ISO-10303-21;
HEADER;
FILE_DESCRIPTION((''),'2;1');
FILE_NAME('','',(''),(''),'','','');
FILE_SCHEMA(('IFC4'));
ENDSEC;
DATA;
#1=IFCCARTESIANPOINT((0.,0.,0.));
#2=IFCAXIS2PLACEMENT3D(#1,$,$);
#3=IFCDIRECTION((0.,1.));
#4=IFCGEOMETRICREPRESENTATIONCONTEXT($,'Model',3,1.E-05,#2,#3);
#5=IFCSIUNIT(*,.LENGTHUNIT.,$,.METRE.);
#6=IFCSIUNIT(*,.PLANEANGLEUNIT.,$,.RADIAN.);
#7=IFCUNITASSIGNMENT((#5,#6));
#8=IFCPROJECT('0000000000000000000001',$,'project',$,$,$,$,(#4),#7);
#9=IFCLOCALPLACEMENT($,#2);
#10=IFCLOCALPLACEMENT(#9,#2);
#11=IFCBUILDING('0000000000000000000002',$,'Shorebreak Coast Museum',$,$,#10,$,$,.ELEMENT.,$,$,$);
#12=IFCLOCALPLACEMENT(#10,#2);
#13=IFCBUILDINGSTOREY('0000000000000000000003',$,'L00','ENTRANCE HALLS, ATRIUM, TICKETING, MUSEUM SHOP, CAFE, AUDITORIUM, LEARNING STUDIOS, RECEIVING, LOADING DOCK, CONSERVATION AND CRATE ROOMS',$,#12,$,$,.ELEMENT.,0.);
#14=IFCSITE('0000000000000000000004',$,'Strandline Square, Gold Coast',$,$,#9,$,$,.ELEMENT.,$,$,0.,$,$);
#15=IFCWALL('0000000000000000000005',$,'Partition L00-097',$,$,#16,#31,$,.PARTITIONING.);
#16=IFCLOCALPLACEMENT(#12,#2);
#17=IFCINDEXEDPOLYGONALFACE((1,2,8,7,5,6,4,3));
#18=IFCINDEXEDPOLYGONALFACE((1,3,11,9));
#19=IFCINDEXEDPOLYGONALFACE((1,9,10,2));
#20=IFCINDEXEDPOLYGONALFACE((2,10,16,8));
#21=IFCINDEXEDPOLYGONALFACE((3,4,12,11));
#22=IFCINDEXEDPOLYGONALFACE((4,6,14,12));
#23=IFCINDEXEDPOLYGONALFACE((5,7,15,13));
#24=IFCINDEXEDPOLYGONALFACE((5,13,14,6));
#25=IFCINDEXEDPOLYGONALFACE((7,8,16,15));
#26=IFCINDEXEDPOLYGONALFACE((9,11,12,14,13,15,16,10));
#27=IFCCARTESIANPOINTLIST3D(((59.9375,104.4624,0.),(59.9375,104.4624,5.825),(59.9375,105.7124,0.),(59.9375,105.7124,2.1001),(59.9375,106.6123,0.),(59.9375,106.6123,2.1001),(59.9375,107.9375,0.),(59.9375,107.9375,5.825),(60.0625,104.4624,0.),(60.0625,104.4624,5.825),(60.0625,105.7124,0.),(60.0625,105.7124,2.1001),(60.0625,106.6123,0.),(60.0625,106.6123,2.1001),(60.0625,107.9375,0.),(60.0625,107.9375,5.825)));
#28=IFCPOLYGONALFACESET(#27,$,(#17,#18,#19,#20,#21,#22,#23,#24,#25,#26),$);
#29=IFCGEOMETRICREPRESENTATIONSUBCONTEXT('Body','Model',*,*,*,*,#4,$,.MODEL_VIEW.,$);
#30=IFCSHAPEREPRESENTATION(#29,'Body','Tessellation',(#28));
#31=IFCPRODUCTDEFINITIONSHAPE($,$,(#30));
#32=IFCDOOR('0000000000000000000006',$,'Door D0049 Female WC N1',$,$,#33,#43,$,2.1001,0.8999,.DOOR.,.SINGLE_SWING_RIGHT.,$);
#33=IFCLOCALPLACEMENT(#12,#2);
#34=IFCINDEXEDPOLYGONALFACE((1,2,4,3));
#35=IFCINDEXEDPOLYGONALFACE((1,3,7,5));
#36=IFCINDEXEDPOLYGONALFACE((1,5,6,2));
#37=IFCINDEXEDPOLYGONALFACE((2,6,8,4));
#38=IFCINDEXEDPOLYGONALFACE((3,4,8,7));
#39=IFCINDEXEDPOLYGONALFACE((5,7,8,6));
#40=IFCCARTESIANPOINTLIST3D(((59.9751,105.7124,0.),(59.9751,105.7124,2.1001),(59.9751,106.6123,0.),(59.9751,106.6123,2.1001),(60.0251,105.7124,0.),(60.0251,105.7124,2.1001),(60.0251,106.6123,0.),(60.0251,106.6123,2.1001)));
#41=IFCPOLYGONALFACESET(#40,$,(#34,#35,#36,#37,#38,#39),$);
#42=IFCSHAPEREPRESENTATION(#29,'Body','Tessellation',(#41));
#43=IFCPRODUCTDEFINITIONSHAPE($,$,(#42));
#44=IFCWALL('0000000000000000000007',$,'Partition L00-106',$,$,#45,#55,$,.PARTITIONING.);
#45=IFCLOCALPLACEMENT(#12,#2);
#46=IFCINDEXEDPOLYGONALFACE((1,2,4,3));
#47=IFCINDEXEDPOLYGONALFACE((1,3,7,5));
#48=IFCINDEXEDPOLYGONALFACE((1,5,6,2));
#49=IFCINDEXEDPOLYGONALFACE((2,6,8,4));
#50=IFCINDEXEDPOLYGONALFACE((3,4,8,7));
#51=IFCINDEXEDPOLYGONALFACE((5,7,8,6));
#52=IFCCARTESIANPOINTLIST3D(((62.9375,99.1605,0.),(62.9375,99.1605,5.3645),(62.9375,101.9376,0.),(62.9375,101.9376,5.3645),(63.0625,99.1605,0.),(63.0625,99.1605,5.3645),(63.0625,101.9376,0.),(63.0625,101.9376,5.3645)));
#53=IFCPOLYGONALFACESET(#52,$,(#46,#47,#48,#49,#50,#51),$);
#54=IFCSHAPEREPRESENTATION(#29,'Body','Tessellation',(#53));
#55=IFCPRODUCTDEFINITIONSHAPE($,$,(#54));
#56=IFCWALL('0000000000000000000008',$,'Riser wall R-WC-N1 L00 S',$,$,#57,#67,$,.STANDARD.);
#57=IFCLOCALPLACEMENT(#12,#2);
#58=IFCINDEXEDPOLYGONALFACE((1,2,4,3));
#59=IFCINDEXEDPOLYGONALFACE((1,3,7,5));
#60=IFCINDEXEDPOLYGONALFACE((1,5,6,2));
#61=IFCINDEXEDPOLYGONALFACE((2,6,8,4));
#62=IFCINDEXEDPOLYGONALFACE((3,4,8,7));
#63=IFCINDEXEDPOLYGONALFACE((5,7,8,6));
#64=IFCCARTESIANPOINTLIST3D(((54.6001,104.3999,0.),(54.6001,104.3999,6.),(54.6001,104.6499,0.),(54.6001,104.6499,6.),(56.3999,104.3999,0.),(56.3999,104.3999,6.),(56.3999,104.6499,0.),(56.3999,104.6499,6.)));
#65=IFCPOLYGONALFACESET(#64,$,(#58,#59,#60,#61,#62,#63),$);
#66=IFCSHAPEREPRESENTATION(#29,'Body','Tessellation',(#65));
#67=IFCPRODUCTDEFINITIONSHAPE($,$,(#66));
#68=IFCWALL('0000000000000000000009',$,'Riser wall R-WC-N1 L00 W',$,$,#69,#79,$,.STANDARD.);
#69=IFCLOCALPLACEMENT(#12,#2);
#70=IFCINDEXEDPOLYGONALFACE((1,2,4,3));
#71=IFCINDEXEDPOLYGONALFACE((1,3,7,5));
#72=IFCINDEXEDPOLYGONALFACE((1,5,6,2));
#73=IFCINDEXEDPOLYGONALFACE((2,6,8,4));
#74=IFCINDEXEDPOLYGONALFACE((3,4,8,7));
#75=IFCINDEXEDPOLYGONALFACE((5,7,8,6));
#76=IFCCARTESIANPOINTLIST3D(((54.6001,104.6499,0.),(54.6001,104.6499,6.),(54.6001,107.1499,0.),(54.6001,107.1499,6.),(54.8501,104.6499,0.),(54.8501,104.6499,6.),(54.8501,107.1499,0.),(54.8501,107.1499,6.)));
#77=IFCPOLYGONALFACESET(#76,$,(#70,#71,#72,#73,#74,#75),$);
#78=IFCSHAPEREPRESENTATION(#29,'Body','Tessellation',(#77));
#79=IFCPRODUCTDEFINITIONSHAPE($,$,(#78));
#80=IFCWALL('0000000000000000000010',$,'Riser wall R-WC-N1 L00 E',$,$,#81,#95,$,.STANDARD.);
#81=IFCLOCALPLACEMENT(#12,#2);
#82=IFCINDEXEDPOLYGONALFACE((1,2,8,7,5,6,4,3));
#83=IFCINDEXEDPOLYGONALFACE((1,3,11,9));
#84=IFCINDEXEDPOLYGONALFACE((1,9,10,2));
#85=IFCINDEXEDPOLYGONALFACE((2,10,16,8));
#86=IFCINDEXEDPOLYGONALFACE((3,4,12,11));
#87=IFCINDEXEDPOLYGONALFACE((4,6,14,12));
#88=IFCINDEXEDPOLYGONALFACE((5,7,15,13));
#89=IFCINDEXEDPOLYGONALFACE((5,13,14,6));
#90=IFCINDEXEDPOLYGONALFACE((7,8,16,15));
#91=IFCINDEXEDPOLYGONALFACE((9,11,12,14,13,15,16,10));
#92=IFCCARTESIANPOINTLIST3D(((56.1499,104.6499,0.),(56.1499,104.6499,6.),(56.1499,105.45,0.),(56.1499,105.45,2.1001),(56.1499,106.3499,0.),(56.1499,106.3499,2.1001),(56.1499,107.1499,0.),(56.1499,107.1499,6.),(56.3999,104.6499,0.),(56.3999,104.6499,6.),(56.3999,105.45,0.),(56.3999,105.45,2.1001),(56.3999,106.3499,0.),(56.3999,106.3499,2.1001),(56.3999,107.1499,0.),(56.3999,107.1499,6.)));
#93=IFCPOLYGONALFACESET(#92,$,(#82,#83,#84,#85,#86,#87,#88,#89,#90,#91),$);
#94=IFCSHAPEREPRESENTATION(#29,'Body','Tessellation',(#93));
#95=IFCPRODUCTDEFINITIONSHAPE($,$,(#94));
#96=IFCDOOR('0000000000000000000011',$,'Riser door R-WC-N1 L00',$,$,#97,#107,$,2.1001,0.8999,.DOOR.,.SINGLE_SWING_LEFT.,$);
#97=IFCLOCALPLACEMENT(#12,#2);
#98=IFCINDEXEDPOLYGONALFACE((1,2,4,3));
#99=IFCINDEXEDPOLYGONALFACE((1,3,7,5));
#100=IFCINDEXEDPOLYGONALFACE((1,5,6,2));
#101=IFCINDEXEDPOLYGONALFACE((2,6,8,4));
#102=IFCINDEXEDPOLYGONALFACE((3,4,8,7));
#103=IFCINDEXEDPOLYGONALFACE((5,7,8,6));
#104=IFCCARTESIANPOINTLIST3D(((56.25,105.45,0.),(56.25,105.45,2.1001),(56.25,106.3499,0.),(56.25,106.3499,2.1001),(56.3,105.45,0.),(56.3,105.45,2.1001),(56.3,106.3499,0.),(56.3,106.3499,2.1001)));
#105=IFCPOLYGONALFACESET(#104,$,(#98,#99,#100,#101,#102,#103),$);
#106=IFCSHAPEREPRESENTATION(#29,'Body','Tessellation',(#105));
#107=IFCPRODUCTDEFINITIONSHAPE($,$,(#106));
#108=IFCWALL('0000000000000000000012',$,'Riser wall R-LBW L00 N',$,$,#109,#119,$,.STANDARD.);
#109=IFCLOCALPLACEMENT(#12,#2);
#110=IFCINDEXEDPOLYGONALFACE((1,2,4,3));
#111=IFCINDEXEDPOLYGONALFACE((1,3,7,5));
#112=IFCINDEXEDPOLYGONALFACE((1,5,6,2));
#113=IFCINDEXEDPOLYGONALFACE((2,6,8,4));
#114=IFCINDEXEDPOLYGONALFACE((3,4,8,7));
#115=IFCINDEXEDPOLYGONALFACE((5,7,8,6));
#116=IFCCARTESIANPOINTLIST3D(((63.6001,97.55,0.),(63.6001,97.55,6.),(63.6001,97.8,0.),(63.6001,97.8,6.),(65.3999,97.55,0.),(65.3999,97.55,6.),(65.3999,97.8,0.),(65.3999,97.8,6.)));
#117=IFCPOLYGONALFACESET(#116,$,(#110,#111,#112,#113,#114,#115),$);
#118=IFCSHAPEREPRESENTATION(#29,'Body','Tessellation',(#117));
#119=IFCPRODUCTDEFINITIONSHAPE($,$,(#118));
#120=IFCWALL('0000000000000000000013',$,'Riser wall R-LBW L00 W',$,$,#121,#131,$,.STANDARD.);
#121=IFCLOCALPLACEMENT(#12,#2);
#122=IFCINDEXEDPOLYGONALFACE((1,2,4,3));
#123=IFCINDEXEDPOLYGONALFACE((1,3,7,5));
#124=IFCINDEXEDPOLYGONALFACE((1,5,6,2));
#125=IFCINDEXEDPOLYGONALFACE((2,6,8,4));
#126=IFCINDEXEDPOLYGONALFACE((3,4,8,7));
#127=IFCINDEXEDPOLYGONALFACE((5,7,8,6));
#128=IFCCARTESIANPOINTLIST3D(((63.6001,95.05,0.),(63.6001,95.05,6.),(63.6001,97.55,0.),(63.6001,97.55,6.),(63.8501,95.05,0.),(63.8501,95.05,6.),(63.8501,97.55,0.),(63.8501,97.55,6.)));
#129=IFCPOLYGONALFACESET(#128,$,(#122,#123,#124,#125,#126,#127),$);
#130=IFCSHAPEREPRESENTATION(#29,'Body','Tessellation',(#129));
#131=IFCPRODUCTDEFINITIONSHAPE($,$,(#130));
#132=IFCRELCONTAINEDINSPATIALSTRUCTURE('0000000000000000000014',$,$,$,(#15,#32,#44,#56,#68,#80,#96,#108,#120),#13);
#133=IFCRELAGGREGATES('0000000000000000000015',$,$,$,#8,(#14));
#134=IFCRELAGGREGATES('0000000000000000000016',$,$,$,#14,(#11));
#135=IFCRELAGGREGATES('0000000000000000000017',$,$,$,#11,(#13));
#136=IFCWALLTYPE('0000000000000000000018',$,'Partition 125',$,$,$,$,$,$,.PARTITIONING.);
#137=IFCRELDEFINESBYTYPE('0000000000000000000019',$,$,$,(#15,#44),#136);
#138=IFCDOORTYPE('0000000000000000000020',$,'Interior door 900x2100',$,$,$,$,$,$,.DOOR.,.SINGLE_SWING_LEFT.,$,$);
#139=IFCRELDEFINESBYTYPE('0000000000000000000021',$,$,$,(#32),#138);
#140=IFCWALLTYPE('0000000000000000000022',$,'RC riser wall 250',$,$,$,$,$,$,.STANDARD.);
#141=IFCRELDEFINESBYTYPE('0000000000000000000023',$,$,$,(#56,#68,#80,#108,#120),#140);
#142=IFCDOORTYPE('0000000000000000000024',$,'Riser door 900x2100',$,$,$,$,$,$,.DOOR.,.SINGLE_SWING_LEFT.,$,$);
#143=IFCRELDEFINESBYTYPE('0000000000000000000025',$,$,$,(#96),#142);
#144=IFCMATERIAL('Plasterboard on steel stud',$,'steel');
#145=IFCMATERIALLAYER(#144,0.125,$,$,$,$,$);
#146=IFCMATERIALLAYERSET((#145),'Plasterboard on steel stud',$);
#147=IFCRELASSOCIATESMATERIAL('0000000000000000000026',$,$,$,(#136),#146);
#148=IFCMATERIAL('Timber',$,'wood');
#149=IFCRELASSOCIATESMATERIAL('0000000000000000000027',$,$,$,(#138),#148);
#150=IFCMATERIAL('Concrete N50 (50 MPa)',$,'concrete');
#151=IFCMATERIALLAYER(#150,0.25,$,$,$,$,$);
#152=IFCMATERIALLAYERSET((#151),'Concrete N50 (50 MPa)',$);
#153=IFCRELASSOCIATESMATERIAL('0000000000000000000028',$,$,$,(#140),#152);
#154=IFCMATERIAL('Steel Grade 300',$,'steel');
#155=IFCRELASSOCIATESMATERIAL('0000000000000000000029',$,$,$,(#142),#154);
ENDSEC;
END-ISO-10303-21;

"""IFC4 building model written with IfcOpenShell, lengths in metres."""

from ifc_helpers import new_model, si_unit, direction, frame, frame_2d, origin, place, context, subcontext, project, spatial, rectangle, extrude, material, layer, layer_set, type_object, element, fill, save


model = new_model("IFC4")

# Units and contexts
model_context = context("Model", 3, precision=1e-05, world=origin(), true_north=direction((0.0, 1.0)))
body_context = subcontext(model_context, "Body", "Model", "MODEL_VIEW")
ifc_project = project(units=[si_unit("LENGTHUNIT", "METRE"), si_unit("PLANEANGLEUNIT", "RADIAN")], contexts=[model_context])

# Site, building, storey
site_placement = place(None, origin())
site = spatial("IfcSite", under=ifc_project, at=site_placement, Name="Strandline Square, Gold Coast", CompositionType="ELEMENT", RefElevation=0.0)
building_placement = place(site_placement, origin())
building = spatial("IfcBuilding", under=site, at=building_placement, Name="Shorebreak Coast Museum", CompositionType="ELEMENT")
storey_placement = place(building_placement, origin())
storey = spatial("IfcBuildingStorey", under=building, at=storey_placement, Name="L00", Description="ENTRANCE HALLS, ATRIUM, TICKETING, MUSEUM SHOP, CAFE, AUDITORIUM, LEARNING STUDIOS, RECEIVING, LOADING DOCK, CONSERVATION AND CRATE ROOMS", CompositionType="ELEMENT", Elevation=0.0)

# Shared definitions
ifc_material_1 = material(Name="Plasterboard on steel stud", Category="steel")
ifc_layer_1 = layer(ifc_material_1, 0.125)
ifc_layer_set_1 = layer_set([ifc_layer_1], Name="Plasterboard on steel stud")
wall_type_1 = type_object("IfcWallType", Name="Partition 125", PredefinedType="PARTITIONING", material=ifc_layer_set_1)

# Shared definitions
ifc_material_2 = material(Name="Timber", Category="wood")
door_type_1 = type_object("IfcDoorType", Name="Interior door 900x2100", OperationType="SINGLE_SWING_LEFT", PredefinedType="DOOR", material=ifc_material_2)

# Wall, opening, door
wall_1_placement = place(storey_placement, frame((60.0, 104.4624, 0.0), z_axis=(0.0, 0.0, 1.0), x_axis=(0.0, 1.0, 0.0)))
wall_1 = element("IfcWall", 1, at=wall_1_placement, inside=storey, type_object=wall_type_1, Name="Partition L00-097", PredefinedType="PARTITIONING", context=body_context, shape_type="SweptSolid", body=[
    extrude(rectangle(XDim=3.4751, YDim=0.125, at=frame_2d((1.7375, 0.0))), origin(), (0.0, 0.0, 1.0), 5.825),
])
opening_1_placement = place(wall_1_placement, frame((1.25, 0.0, 0.0)))
opening_1 = element("IfcOpeningElement", 2, at=opening_1_placement, cuts=wall_1, PredefinedType="OPENING", context=body_context, shape_type="SweptSolid", body=[
    extrude(rectangle(XDim=0.8999, YDim=2.1001, at=frame_2d((0.45, 1.05))), frame((0.0, 0.0725, 0.0), z_axis=(0.0, -1.0, 0.0), x_axis=(1.0, 0.0, 0.0)), (0.0, 0.0, 1.0), 0.145),
])
door_1_placement = place(opening_1_placement, origin())
door_1 = element("IfcDoor", 3, at=door_1_placement, inside=storey, type_object=door_type_1, Name="Door D0049 Female WC N1", OperationType="SINGLE_SWING_RIGHT", OverallHeight=2.1001, OverallWidth=0.8999, PredefinedType="DOOR", context=body_context, shape_type="SweptSolid", body=[
    extrude(rectangle(XDim=0.8999, YDim=2.1001, at=frame_2d((0.45, 1.05))), frame((0.0, 0.0249, 0.0), z_axis=(0.0, -1.0, 0.0), x_axis=(1.0, 0.0, 0.0)), (0.0, 0.0, 1.0), 0.05),
])
fill(opening_1, door_1)

# Walls
wall_2_placement = place(storey_placement, frame((63.0, 99.1604, 0.0), z_axis=(0.0, 0.0, 1.0), x_axis=(0.0, 1.0, 0.0)))
element("IfcWall", 4, at=wall_2_placement, inside=storey, type_object=wall_type_1, Name="Partition L00-106", PredefinedType="PARTITIONING", context=body_context, shape_type="SweptSolid", body=[
    extrude(rectangle(XDim=2.7771, YDim=0.125, at=frame_2d((1.3887, 0.0))), origin(), (0.0, 0.0, 1.0), 5.3645),
])
ifc_material_3 = material(Name="Concrete N50 (50 MPa)", Category="concrete")
ifc_layer_2 = layer(ifc_material_3, 0.25)
ifc_layer_set_2 = layer_set([ifc_layer_2], Name="Concrete N50 (50 MPa)")
wall_type_2 = type_object("IfcWallType", Name="RC riser wall 250", PredefinedType="STANDARD", material=ifc_layer_set_2)
wall_3_placement = place(storey_placement, frame((54.6001, 104.5249, 0.0), z_axis=(0.0, 0.0, 1.0), x_axis=(1.0, 0.0, 0.0)))
element("IfcWall", 5, at=wall_3_placement, inside=storey, type_object=wall_type_2, Name="Riser wall R-WC-N1 L00 S", PredefinedType="STANDARD", context=body_context, shape_type="SweptSolid", body=[
    extrude(rectangle(XDim=1.7998, YDim=0.25, at=frame_2d((0.8999, 0.0))), origin(), (0.0, 0.0, 1.0), 6.0),
])
wall_4_placement = place(storey_placement, frame((54.7251, 104.6499, 0.0), z_axis=(0.0, 0.0, 1.0), x_axis=(0.0, 1.0, 0.0)))
element("IfcWall", 6, at=wall_4_placement, inside=storey, type_object=wall_type_2, Name="Riser wall R-WC-N1 L00 W", PredefinedType="STANDARD", context=body_context, shape_type="SweptSolid", body=[
    extrude(rectangle(XDim=2.5, YDim=0.25, at=frame_2d((1.25, 0.0))), origin(), (0.0, 0.0, 1.0), 6.0),
])

# Wall, opening, door
wall_5_placement = place(storey_placement, frame((56.2749, 104.6499, 0.0), z_axis=(0.0, 0.0, 1.0), x_axis=(0.0, 1.0, 0.0)))
wall_5 = element("IfcWall", 7, at=wall_5_placement, inside=storey, type_object=wall_type_2, Name="Riser wall R-WC-N1 L00 E", PredefinedType="STANDARD", context=body_context, shape_type="SweptSolid", body=[
    extrude(rectangle(XDim=2.5, YDim=0.25, at=frame_2d((1.25, 0.0))), origin(), (0.0, 0.0, 1.0), 6.0),
])
opening_2_placement = place(wall_5_placement, frame((0.8, 0.0, 0.0)))
opening_2 = element("IfcOpeningElement", 8, at=opening_2_placement, cuts=wall_5, PredefinedType="OPENING", context=body_context, shape_type="SweptSolid", body=[
    extrude(rectangle(XDim=0.8999, YDim=2.1001, at=frame_2d((0.45, 1.05))), frame((0.0, 0.135, 0.0), z_axis=(0.0, -1.0, 0.0), x_axis=(1.0, 0.0, 0.0)), (0.0, 0.0, 1.0), 0.27),
])
ifc_material_4 = material(Name="Steel Grade 300", Category="steel")
door_type_2 = type_object("IfcDoorType", Name="Riser door 900x2100", OperationType="SINGLE_SWING_LEFT", PredefinedType="DOOR", material=ifc_material_4)
door_2_placement = place(opening_2_placement, origin())
door_2 = element("IfcDoor", 9, at=door_2_placement, inside=storey, type_object=door_type_2, Name="Riser door R-WC-N1 L00", OperationType="SINGLE_SWING_LEFT", OverallHeight=2.1001, OverallWidth=0.8999, PredefinedType="DOOR", context=body_context, shape_type="SweptSolid", body=[
    extrude(rectangle(XDim=0.8999, YDim=2.1001, at=frame_2d((0.45, 1.05))), frame((0.0, 0.0249, 0.0), z_axis=(0.0, -1.0, 0.0), x_axis=(1.0, 0.0, 0.0)), (0.0, 0.0, 1.0), 0.05),
])
fill(opening_2, door_2)

# Walls
wall_6_placement = place(storey_placement, frame((63.6001, 97.675, 0.0), z_axis=(0.0, 0.0, 1.0), x_axis=(1.0, 0.0, 0.0)))
element("IfcWall", 10, at=wall_6_placement, inside=storey, type_object=wall_type_2, Name="Riser wall R-LBW L00 N", PredefinedType="STANDARD", context=body_context, shape_type="SweptSolid", body=[
    extrude(rectangle(XDim=1.7998, YDim=0.25, at=frame_2d((0.8999, 0.0))), origin(), (0.0, 0.0, 1.0), 6.0),
])
wall_7_placement = place(storey_placement, frame((63.7251, 95.05, 0.0), z_axis=(0.0, 0.0, 1.0), x_axis=(0.0, 1.0, 0.0)))
element("IfcWall", 11, at=wall_7_placement, inside=storey, type_object=wall_type_2, Name="Riser wall R-LBW L00 W", PredefinedType="STANDARD", context=body_context, shape_type="SweptSolid", body=[
    extrude(rectangle(XDim=2.5, YDim=0.25, at=frame_2d((1.25, 0.0))), origin(), (0.0, 0.0, 1.0), 6.0),
])

save(model, "model.ifc")
